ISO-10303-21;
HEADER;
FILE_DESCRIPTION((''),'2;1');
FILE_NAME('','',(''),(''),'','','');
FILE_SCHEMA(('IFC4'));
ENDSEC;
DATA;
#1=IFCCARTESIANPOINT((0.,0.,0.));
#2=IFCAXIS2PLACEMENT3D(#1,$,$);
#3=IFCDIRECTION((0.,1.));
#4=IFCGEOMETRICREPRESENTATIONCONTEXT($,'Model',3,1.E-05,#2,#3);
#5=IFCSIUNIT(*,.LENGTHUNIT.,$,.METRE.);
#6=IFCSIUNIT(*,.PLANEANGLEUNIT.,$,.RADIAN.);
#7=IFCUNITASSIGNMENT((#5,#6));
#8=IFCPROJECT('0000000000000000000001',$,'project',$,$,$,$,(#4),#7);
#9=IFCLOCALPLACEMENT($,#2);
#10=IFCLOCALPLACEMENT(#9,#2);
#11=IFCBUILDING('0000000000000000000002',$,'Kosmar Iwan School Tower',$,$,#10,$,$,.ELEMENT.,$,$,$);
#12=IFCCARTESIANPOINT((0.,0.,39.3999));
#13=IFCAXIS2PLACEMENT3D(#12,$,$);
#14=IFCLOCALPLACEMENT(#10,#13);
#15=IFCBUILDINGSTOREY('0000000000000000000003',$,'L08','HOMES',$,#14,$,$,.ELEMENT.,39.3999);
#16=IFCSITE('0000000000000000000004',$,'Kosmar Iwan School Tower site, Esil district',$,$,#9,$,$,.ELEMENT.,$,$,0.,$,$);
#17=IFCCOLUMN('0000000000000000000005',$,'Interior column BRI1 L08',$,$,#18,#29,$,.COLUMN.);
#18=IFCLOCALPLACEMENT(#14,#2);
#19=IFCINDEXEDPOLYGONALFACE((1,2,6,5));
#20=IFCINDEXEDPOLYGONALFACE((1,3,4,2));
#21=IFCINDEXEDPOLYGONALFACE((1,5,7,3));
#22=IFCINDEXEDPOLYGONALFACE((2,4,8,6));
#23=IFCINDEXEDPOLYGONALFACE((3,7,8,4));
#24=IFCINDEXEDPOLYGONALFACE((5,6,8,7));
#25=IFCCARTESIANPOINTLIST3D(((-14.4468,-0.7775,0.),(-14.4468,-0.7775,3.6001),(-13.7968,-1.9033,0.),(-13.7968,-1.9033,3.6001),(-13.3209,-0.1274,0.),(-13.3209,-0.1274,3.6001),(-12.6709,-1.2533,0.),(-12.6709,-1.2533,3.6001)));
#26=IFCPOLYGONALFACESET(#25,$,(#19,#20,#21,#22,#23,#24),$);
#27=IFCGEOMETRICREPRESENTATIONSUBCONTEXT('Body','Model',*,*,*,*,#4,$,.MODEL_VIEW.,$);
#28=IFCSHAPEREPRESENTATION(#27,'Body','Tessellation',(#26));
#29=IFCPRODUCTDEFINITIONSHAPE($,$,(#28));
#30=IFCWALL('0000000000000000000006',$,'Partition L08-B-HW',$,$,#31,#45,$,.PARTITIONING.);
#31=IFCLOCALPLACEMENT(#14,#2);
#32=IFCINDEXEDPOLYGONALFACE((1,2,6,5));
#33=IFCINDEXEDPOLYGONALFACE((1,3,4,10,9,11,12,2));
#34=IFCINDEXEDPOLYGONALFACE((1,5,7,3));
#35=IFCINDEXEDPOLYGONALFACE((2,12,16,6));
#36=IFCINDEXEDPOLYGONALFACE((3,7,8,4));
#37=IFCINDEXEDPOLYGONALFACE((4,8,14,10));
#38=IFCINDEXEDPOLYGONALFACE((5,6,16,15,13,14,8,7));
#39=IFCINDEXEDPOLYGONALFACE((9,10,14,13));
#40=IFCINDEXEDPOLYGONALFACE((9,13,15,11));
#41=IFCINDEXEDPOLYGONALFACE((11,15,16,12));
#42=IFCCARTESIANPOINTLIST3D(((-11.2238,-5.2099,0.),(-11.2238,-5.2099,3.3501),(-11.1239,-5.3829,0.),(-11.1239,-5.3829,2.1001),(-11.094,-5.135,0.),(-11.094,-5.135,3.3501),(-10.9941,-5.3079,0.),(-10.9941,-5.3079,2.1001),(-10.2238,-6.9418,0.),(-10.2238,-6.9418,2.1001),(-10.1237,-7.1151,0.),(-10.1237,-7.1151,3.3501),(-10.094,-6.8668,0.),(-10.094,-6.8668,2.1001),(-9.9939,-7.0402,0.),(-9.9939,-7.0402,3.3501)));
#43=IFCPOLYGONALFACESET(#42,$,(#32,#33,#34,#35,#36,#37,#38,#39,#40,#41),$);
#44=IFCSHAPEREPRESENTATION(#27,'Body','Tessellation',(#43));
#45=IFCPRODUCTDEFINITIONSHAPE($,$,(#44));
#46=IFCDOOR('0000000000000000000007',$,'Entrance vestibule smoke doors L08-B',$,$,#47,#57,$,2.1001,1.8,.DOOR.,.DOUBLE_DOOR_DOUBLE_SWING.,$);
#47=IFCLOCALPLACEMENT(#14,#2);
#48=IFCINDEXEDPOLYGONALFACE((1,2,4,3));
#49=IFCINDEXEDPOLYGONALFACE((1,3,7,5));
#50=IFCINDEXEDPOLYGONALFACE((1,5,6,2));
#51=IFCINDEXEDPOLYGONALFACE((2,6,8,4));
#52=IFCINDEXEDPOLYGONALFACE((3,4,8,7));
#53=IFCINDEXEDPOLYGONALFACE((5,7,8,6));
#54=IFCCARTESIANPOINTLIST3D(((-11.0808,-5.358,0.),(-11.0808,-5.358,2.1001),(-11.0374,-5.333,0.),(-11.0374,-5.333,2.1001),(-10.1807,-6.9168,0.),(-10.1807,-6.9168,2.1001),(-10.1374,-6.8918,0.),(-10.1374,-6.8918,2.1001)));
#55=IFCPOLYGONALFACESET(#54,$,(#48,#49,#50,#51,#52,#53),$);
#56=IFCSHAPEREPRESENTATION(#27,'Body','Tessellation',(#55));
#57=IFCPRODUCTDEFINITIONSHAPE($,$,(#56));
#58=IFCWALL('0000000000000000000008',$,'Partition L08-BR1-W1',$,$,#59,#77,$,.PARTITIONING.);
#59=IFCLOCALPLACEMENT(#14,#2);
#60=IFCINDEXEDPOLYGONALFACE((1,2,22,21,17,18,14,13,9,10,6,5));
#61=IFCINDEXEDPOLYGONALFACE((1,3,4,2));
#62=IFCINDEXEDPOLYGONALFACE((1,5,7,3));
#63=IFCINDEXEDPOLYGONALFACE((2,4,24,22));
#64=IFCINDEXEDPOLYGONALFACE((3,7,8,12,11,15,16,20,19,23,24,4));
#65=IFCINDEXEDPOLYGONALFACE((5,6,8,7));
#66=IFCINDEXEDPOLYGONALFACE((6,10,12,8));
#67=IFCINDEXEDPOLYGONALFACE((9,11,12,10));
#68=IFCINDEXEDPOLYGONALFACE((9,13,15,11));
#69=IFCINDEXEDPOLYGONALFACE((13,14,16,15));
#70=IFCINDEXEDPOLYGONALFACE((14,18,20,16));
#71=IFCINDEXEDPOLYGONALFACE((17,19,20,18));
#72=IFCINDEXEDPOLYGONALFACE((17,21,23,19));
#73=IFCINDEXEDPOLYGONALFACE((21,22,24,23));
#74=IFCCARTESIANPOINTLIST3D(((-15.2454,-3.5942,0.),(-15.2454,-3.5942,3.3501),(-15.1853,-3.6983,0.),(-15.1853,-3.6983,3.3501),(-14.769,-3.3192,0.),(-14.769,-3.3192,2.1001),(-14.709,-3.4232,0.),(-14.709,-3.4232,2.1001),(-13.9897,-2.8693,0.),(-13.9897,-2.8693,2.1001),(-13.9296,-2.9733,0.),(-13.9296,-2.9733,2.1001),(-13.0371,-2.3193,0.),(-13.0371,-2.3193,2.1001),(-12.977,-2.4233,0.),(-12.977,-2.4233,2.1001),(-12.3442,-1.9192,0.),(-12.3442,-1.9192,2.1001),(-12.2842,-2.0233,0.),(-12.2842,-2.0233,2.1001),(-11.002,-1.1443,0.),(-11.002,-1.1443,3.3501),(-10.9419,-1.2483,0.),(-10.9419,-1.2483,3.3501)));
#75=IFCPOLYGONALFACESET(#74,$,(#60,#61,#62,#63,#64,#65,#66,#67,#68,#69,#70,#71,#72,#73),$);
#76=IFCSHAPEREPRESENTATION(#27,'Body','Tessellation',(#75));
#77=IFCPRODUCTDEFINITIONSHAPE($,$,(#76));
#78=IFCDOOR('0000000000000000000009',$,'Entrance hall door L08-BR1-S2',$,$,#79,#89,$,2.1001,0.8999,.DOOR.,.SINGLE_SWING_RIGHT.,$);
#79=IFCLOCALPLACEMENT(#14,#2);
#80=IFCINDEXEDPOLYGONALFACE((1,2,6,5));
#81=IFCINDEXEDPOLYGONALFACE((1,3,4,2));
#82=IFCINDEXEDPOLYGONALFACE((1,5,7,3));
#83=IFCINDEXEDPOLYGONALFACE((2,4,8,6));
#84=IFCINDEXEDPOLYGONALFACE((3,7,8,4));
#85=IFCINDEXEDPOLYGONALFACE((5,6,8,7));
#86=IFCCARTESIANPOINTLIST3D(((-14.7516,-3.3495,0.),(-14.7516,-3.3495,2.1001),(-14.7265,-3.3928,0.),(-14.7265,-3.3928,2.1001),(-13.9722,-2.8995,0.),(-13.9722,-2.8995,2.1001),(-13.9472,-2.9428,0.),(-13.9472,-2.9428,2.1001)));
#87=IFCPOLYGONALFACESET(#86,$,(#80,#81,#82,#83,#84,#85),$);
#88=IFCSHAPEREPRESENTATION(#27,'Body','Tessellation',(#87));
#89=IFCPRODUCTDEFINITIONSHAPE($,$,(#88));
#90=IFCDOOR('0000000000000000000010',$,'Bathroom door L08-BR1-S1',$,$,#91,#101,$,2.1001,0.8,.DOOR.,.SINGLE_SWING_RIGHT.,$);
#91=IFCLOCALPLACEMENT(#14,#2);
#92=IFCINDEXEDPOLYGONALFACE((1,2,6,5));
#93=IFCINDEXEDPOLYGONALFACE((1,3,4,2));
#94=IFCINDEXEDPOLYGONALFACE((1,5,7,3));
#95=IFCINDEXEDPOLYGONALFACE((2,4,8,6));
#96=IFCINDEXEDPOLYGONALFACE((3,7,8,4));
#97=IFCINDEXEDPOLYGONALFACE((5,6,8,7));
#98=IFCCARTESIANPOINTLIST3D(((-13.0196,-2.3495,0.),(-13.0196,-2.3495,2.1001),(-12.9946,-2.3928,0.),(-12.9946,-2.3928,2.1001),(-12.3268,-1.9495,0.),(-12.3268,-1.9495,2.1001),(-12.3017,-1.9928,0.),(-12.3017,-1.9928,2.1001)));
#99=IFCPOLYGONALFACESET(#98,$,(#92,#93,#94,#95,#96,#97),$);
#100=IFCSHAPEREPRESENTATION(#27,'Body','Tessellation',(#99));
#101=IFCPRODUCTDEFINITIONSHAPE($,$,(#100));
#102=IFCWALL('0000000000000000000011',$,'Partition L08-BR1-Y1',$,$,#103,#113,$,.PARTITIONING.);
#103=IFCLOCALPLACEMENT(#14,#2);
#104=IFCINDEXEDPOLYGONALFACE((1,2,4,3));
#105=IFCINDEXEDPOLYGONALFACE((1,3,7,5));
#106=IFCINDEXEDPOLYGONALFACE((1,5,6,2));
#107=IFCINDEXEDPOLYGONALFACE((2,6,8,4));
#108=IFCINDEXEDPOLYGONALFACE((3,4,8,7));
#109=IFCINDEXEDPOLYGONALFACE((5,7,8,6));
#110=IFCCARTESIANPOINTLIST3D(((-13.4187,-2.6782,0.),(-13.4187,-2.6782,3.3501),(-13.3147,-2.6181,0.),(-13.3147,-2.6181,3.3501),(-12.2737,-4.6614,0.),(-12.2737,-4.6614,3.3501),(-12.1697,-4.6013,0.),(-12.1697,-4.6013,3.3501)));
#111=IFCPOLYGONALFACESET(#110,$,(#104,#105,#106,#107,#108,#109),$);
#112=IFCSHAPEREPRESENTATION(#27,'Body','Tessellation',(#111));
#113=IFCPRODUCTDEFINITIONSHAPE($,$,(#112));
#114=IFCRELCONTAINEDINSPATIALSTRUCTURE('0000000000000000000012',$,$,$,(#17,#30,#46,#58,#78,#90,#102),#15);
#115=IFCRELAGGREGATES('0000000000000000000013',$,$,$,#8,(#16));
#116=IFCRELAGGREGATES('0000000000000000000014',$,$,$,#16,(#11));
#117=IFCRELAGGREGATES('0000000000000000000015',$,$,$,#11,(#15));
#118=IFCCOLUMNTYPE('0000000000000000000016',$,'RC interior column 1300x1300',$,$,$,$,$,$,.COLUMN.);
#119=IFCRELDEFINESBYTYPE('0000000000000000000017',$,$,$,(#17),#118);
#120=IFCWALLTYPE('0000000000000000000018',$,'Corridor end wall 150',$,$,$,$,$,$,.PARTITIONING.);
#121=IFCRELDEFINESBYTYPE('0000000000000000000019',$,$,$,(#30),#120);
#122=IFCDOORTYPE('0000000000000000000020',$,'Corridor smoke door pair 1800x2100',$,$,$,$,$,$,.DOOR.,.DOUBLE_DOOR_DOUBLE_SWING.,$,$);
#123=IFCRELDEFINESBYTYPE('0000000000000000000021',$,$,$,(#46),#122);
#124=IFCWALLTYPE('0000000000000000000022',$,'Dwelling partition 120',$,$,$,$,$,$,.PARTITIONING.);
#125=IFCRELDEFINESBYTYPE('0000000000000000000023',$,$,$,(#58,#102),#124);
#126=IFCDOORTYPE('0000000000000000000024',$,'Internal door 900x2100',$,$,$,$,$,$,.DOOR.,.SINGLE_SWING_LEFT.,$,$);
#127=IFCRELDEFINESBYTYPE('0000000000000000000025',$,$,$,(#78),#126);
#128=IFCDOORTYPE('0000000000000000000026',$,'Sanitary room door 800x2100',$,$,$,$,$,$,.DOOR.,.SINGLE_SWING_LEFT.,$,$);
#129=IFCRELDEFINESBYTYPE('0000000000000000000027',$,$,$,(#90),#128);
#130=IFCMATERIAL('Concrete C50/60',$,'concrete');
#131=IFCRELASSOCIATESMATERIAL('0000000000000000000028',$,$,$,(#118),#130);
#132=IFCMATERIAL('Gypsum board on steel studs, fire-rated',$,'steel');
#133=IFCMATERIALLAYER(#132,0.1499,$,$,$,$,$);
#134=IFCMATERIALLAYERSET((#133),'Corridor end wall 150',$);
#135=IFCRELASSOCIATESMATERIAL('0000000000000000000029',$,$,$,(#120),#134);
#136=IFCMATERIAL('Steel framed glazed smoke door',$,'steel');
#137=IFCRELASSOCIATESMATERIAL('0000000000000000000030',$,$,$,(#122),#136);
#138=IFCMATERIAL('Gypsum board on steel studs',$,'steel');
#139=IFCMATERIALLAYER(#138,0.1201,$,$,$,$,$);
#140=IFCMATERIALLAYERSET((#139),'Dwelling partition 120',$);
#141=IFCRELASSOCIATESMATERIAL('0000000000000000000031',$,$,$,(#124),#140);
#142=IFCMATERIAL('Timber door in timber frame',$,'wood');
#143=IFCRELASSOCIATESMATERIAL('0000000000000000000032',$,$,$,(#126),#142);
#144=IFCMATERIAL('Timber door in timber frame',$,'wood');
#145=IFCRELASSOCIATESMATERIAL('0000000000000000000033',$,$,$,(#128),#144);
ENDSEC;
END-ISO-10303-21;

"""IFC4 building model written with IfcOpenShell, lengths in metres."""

from ifc_helpers import new_model, si_unit, direction, frame, frame_2d, origin, origin_2d, place, context, subcontext, project, spatial, rectangle, extrude, material, layer, layer_set, material_profile, profile_set, type_object, element, fill, save


model = new_model("IFC4")

# Units and contexts
model_context = context("Model", 3, precision=1e-05, world=origin(), true_north=direction((0.0, 1.0)))
body_context = subcontext(model_context, "Body", "Model", "MODEL_VIEW")
ifc_project = project(units=[si_unit("LENGTHUNIT", "METRE"), si_unit("PLANEANGLEUNIT", "RADIAN")], contexts=[model_context])

# Site, building, storey
site_placement = place(None, origin())
site = spatial("IfcSite", under=ifc_project, at=site_placement, Name="Kosmar Iwan School Tower site, Esil district", CompositionType="ELEMENT", RefElevation=0.0)
building_placement = place(site_placement, origin())
building = spatial("IfcBuilding", under=site, at=building_placement, Name="Kosmar Iwan School Tower", CompositionType="ELEMENT")
storey_placement = place(building_placement, frame((0.0, 0.0, 39.3999)))
storey = spatial("IfcBuildingStorey", under=building, at=storey_placement, Name="L08", Description="HOMES", CompositionType="ELEMENT", Elevation=39.3999)

# Column
ifc_material_1 = material(Name="Concrete C50/60", Category="concrete")
ifc_material_profile = material_profile(ifc_material_1, rectangle(XDim=1.3, YDim=1.3, at=origin_2d()), Name="RC 1300x1300")
ifc_profile_set = profile_set([ifc_material_profile], Name="Concrete C50/60")
column_type = type_object("IfcColumnType", Name="RC interior column 1300x1300", PredefinedType="COLUMN", material=ifc_profile_set)
column_placement = place(storey_placement, frame((-13.5588, -1.0154, 0.0), z_axis=(0.0, 0.0, 1.0), x_axis=(-0.866025, -0.5, 0.0)))
element("IfcColumn", 1, at=column_placement, inside=storey, type_object=column_type, Name="Interior column BRI1 L08", PredefinedType="COLUMN", context=body_context, shape_type="SweptSolid", body=[
    extrude(rectangle(XDim=1.3, YDim=1.3, at=origin_2d()), origin(), (0.0, 0.0, 1.0), 3.6001),
])

# Wall, opening, door
ifc_material_2 = material(Name="Gypsum board on steel studs, fire-rated", Category="steel")
ifc_layer_1 = layer(ifc_material_2, 0.1499)
ifc_layer_set_1 = layer_set([ifc_layer_1], Name="Corridor end wall 150")
wall_type_1 = type_object("IfcWallType", Name="Corridor end wall 150", PredefinedType="PARTITIONING", material=ifc_layer_set_1)
wall_1_placement = place(storey_placement, frame((-11.1589, -5.1724, 0.0), z_axis=(0.0, 0.0, 1.0), x_axis=(0.50003, -0.866008, 0.0)))
wall_1 = element("IfcWall", 2, at=wall_1_placement, inside=storey, type_object=wall_type_1, Name="Partition L08-B-HW", PredefinedType="PARTITIONING", context=body_context, shape_type="SweptSolid", body=[
    extrude(rectangle(XDim=2.2, YDim=0.1499, at=frame_2d((1.1001, 0.0))), origin(), (0.0, 0.0, 1.0), 3.3501),
])
opening_1_placement = place(wall_1_placement, frame((0.2, 0.0, 0.0)))
opening_1 = element("IfcOpeningElement", 3, at=opening_1_placement, cuts=wall_1, PredefinedType="OPENING", context=body_context, shape_type="SweptSolid", body=[
    extrude(rectangle(XDim=1.8, YDim=2.1001, at=frame_2d((0.8999, 1.05))), frame((0.0, 0.0869, 0.0), z_axis=(0.0, -1.0, 0.0), x_axis=(1.0, 0.0, 0.0)), (0.0, 0.0, 1.0), 0.1738),
])
ifc_material_3 = material(Name="Steel framed glazed smoke door", Category="steel")
door_type_1 = type_object("IfcDoorType", Name="Corridor smoke door pair 1800x2100", OperationType="DOUBLE_DOOR_DOUBLE_SWING", PredefinedType="DOOR", material=ifc_material_3)
door_1_placement = place(opening_1_placement, origin())
door_1 = element("IfcDoor", 4, at=door_1_placement, inside=storey, type_object=door_type_1, Name="Entrance vestibule smoke doors L08-B", OperationType="DOUBLE_DOOR_DOUBLE_SWING", OverallHeight=2.1001, OverallWidth=1.8, PredefinedType="DOOR", context=body_context, shape_type="SweptSolid", body=[
    extrude(rectangle(XDim=1.8, YDim=2.1001, at=frame_2d((0.8999, 1.05))), frame((0.0, 0.0249, 0.0), z_axis=(0.0, -1.0, 0.0), x_axis=(1.0, 0.0, 0.0)), (0.0, 0.0, 1.0), 0.05),
])
fill(opening_1, door_1)

# Wall, openings, doors
ifc_material_4 = material(Name="Gypsum board on steel studs", Category="steel")
ifc_layer_2 = layer(ifc_material_4, 0.1201)
ifc_layer_set_2 = layer_set([ifc_layer_2], Name="Dwelling partition 120")
wall_type_2 = type_object("IfcWallType", Name="Dwelling partition 120", PredefinedType="PARTITIONING", material=ifc_layer_set_2)
wall_2_placement = place(storey_placement, frame((-10.9719, -1.1963, 0.0), z_axis=(0.0, 0.0, 1.0), x_axis=(-0.866024, -0.500003, 0.0)))
wall_2 = element("IfcWall", 5, at=wall_2_placement, inside=storey, type_object=wall_type_2, Name="Partition L08-BR1-W1", PredefinedType="PARTITIONING", context=body_context, shape_type="SweptSolid", body=[
    extrude(rectangle(XDim=4.8999, YDim=0.1201, at=frame_2d((2.45, 0.0))), origin(), (0.0, 0.0, 1.0), 3.3501),
])
opening_2_placement = place(wall_2_placement, frame((1.55, 0.0, 0.0)))
opening_2 = element("IfcOpeningElement", 6, at=opening_2_placement, cuts=wall_2, PredefinedType="OPENING", context=body_context, shape_type="SweptSolid", body=[
    extrude(rectangle(XDim=0.8, YDim=2.1001, at=frame_2d((0.3999, 1.05))), frame((0.0, 0.072, 0.0), z_axis=(0.0, -1.0, 0.0), x_axis=(1.0, 0.0, 0.0)), (0.0, 0.0, 1.0), 0.144),
])
opening_3_placement = place(wall_2_placement, frame((3.45, 0.0, 0.0)))
opening_3 = element("IfcOpeningElement", 7, at=opening_3_placement, cuts=wall_2, PredefinedType="OPENING", context=body_context, shape_type="SweptSolid", body=[
    extrude(rectangle(XDim=0.8999, YDim=2.1001, at=frame_2d((0.45, 1.05))), frame((0.0, 0.072, 0.0), z_axis=(0.0, -1.0, 0.0), x_axis=(1.0, 0.0, 0.0)), (0.0, 0.0, 1.0), 0.144),
])
ifc_material_5 = material(Name="Timber door in timber frame", Category="wood")
door_type_2 = type_object("IfcDoorType", Name="Internal door 900x2100", OperationType="SINGLE_SWING_LEFT", PredefinedType="DOOR", material=ifc_material_5)
door_2_placement = place(opening_3_placement, origin())
door_2 = element("IfcDoor", 8, at=door_2_placement, inside=storey, type_object=door_type_2, Name="Entrance hall door L08-BR1-S2", OperationType="SINGLE_SWING_RIGHT", OverallHeight=2.1001, OverallWidth=0.8999, PredefinedType="DOOR", context=body_context, shape_type="SweptSolid", body=[
    extrude(rectangle(XDim=0.8999, YDim=2.1001, at=frame_2d((0.45, 1.05))), frame((0.0, 0.0249, 0.0), z_axis=(0.0, -1.0, 0.0), x_axis=(1.0, 0.0, 0.0)), (0.0, 0.0, 1.0), 0.05),
])
fill(opening_3, door_2)
ifc_material_6 = material(Name="Timber door in timber frame", Category="wood")
door_type_3 = type_object("IfcDoorType", Name="Sanitary room door 800x2100", OperationType="SINGLE_SWING_LEFT", PredefinedType="DOOR", material=ifc_material_6)
door_3_placement = place(opening_2_placement, origin())
door_3 = element("IfcDoor", 9, at=door_3_placement, inside=storey, type_object=door_type_3, Name="Bathroom door L08-BR1-S1", OperationType="SINGLE_SWING_RIGHT", OverallHeight=2.1001, OverallWidth=0.8, PredefinedType="DOOR", context=body_context, shape_type="SweptSolid", body=[
    extrude(rectangle(XDim=0.8, YDim=2.1001, at=frame_2d((0.3999, 1.05))), frame((0.0, 0.0249, 0.0), z_axis=(0.0, -1.0, 0.0), x_axis=(1.0, 0.0, 0.0)), (0.0, 0.0, 1.0), 0.05),
])
fill(opening_2, door_3)

# Wall
wall_3_placement = place(storey_placement, frame((-12.2217, -4.6313, 0.0), z_axis=(0.0, 0.0, 1.0), x_axis=(-0.500015, 0.866017, 0.0)))
element("IfcWall", 10, at=wall_3_placement, inside=storey, type_object=wall_type_2, Name="Partition L08-BR1-Y1", PredefinedType="PARTITIONING", context=body_context, shape_type="SweptSolid", body=[
    extrude(rectangle(XDim=2.29, YDim=0.1201, at=frame_2d((1.145, 0.0))), origin(), (0.0, 0.0, 1.0), 3.3501),
])

save(model, "model.ifc")
